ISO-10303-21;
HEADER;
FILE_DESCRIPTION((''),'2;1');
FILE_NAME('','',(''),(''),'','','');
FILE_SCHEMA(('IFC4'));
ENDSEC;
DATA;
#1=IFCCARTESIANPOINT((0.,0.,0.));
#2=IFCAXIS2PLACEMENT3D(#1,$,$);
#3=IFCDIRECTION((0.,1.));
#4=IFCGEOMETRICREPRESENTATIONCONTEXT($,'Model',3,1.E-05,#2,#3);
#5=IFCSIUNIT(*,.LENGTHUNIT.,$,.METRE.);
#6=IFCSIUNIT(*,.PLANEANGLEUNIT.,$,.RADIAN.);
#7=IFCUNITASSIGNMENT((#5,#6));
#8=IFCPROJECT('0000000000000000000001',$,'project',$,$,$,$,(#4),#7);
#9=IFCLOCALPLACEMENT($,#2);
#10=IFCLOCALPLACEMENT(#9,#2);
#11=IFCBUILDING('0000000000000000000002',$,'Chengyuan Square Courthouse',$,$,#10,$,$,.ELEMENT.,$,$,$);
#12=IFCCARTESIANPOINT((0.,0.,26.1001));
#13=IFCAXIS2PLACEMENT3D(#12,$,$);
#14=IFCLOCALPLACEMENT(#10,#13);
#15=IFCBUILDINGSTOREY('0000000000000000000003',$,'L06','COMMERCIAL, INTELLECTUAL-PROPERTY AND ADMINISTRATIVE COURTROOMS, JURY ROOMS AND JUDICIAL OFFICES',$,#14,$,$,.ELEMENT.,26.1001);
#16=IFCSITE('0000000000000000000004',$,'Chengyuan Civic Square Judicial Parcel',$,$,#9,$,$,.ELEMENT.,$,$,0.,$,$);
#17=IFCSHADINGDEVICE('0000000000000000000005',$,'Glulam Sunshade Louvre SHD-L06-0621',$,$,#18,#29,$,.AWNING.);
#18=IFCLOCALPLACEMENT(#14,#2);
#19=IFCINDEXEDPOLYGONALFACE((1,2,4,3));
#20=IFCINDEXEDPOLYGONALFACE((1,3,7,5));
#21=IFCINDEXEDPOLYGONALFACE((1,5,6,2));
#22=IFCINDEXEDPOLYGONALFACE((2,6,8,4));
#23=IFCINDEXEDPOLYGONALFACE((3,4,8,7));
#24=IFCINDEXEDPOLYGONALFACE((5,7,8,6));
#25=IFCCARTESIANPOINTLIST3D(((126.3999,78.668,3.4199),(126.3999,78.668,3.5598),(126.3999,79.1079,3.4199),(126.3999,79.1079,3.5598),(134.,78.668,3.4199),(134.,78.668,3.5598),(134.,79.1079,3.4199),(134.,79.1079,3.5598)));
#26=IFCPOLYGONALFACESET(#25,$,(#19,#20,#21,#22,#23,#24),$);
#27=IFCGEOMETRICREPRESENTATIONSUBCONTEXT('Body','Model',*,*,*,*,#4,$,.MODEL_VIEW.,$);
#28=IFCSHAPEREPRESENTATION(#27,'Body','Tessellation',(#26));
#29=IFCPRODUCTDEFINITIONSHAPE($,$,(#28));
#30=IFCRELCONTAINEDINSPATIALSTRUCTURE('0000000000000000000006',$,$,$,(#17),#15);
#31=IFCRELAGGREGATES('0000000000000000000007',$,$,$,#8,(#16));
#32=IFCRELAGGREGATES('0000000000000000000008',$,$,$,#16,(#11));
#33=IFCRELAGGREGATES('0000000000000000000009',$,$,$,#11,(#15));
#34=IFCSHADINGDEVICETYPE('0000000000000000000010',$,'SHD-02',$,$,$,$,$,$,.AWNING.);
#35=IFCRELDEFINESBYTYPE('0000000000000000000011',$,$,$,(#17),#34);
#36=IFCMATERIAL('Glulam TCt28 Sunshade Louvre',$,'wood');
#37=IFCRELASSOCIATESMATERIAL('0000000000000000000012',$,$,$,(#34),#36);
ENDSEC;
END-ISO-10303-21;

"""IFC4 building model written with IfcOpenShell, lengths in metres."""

from ifc_helpers import new_model, si_unit, direction, frame, origin, origin_2d, place, context, subcontext, project, spatial, rectangle, extrude, material, type_object, element, save


model = new_model("IFC4")

# Units and contexts
model_context = context("Model", 3, precision=1e-05, world=origin(), true_north=direction((0.0, 1.0)))
body_context = subcontext(model_context, "Body", "Model", "MODEL_VIEW")
ifc_project = project(units=[si_unit("LENGTHUNIT", "METRE"), si_unit("PLANEANGLEUNIT", "RADIAN")], contexts=[model_context])

# Site, building, storey
site_placement = place(None, origin())
site = spatial("IfcSite", under=ifc_project, at=site_placement, Name="Chengyuan Civic Square Judicial Parcel", CompositionType="ELEMENT", RefElevation=0.0)
building_placement = place(site_placement, origin())
building = spatial("IfcBuilding", under=site, at=building_placement, Name="Chengyuan Square Courthouse", CompositionType="ELEMENT")
storey_placement = place(building_placement, frame((0.0, 0.0, 26.1001)))
storey = spatial("IfcBuildingStorey", under=building, at=storey_placement, Name="L06", Description="COMMERCIAL, INTELLECTUAL-PROPERTY AND ADMINISTRATIVE COURTROOMS, JURY ROOMS AND JUDICIAL OFFICES", CompositionType="ELEMENT", Elevation=26.1001)

# Shading device
ifc_material_1 = material(Name="Glulam TCt28 Sunshade Louvre", Category="wood")
shading_device_type_1 = type_object("IfcShadingDeviceType", Name="SHD-02", PredefinedType="AWNING", material=ifc_material_1)
shading_device_placement = place(storey_placement, frame((130.2, 78.8879, 3.4199), z_axis=(0.0, 0.0, 1.0), x_axis=(1.0, 0.0, 0.0)))
element("IfcShadingDevice", 1, at=shading_device_placement, inside=storey, type_object=shading_device_type_1, Name="Glulam Sunshade Louvre SHD-L06-0621", PredefinedType="AWNING", context=body_context, shape_type="SweptSolid", body=[
    extrude(rectangle(XDim=7.6001, YDim=0.4399, at=origin_2d()), origin(), (0.0, 0.0, 1.0), 0.1399),
])

save(model, "model.ifc")
